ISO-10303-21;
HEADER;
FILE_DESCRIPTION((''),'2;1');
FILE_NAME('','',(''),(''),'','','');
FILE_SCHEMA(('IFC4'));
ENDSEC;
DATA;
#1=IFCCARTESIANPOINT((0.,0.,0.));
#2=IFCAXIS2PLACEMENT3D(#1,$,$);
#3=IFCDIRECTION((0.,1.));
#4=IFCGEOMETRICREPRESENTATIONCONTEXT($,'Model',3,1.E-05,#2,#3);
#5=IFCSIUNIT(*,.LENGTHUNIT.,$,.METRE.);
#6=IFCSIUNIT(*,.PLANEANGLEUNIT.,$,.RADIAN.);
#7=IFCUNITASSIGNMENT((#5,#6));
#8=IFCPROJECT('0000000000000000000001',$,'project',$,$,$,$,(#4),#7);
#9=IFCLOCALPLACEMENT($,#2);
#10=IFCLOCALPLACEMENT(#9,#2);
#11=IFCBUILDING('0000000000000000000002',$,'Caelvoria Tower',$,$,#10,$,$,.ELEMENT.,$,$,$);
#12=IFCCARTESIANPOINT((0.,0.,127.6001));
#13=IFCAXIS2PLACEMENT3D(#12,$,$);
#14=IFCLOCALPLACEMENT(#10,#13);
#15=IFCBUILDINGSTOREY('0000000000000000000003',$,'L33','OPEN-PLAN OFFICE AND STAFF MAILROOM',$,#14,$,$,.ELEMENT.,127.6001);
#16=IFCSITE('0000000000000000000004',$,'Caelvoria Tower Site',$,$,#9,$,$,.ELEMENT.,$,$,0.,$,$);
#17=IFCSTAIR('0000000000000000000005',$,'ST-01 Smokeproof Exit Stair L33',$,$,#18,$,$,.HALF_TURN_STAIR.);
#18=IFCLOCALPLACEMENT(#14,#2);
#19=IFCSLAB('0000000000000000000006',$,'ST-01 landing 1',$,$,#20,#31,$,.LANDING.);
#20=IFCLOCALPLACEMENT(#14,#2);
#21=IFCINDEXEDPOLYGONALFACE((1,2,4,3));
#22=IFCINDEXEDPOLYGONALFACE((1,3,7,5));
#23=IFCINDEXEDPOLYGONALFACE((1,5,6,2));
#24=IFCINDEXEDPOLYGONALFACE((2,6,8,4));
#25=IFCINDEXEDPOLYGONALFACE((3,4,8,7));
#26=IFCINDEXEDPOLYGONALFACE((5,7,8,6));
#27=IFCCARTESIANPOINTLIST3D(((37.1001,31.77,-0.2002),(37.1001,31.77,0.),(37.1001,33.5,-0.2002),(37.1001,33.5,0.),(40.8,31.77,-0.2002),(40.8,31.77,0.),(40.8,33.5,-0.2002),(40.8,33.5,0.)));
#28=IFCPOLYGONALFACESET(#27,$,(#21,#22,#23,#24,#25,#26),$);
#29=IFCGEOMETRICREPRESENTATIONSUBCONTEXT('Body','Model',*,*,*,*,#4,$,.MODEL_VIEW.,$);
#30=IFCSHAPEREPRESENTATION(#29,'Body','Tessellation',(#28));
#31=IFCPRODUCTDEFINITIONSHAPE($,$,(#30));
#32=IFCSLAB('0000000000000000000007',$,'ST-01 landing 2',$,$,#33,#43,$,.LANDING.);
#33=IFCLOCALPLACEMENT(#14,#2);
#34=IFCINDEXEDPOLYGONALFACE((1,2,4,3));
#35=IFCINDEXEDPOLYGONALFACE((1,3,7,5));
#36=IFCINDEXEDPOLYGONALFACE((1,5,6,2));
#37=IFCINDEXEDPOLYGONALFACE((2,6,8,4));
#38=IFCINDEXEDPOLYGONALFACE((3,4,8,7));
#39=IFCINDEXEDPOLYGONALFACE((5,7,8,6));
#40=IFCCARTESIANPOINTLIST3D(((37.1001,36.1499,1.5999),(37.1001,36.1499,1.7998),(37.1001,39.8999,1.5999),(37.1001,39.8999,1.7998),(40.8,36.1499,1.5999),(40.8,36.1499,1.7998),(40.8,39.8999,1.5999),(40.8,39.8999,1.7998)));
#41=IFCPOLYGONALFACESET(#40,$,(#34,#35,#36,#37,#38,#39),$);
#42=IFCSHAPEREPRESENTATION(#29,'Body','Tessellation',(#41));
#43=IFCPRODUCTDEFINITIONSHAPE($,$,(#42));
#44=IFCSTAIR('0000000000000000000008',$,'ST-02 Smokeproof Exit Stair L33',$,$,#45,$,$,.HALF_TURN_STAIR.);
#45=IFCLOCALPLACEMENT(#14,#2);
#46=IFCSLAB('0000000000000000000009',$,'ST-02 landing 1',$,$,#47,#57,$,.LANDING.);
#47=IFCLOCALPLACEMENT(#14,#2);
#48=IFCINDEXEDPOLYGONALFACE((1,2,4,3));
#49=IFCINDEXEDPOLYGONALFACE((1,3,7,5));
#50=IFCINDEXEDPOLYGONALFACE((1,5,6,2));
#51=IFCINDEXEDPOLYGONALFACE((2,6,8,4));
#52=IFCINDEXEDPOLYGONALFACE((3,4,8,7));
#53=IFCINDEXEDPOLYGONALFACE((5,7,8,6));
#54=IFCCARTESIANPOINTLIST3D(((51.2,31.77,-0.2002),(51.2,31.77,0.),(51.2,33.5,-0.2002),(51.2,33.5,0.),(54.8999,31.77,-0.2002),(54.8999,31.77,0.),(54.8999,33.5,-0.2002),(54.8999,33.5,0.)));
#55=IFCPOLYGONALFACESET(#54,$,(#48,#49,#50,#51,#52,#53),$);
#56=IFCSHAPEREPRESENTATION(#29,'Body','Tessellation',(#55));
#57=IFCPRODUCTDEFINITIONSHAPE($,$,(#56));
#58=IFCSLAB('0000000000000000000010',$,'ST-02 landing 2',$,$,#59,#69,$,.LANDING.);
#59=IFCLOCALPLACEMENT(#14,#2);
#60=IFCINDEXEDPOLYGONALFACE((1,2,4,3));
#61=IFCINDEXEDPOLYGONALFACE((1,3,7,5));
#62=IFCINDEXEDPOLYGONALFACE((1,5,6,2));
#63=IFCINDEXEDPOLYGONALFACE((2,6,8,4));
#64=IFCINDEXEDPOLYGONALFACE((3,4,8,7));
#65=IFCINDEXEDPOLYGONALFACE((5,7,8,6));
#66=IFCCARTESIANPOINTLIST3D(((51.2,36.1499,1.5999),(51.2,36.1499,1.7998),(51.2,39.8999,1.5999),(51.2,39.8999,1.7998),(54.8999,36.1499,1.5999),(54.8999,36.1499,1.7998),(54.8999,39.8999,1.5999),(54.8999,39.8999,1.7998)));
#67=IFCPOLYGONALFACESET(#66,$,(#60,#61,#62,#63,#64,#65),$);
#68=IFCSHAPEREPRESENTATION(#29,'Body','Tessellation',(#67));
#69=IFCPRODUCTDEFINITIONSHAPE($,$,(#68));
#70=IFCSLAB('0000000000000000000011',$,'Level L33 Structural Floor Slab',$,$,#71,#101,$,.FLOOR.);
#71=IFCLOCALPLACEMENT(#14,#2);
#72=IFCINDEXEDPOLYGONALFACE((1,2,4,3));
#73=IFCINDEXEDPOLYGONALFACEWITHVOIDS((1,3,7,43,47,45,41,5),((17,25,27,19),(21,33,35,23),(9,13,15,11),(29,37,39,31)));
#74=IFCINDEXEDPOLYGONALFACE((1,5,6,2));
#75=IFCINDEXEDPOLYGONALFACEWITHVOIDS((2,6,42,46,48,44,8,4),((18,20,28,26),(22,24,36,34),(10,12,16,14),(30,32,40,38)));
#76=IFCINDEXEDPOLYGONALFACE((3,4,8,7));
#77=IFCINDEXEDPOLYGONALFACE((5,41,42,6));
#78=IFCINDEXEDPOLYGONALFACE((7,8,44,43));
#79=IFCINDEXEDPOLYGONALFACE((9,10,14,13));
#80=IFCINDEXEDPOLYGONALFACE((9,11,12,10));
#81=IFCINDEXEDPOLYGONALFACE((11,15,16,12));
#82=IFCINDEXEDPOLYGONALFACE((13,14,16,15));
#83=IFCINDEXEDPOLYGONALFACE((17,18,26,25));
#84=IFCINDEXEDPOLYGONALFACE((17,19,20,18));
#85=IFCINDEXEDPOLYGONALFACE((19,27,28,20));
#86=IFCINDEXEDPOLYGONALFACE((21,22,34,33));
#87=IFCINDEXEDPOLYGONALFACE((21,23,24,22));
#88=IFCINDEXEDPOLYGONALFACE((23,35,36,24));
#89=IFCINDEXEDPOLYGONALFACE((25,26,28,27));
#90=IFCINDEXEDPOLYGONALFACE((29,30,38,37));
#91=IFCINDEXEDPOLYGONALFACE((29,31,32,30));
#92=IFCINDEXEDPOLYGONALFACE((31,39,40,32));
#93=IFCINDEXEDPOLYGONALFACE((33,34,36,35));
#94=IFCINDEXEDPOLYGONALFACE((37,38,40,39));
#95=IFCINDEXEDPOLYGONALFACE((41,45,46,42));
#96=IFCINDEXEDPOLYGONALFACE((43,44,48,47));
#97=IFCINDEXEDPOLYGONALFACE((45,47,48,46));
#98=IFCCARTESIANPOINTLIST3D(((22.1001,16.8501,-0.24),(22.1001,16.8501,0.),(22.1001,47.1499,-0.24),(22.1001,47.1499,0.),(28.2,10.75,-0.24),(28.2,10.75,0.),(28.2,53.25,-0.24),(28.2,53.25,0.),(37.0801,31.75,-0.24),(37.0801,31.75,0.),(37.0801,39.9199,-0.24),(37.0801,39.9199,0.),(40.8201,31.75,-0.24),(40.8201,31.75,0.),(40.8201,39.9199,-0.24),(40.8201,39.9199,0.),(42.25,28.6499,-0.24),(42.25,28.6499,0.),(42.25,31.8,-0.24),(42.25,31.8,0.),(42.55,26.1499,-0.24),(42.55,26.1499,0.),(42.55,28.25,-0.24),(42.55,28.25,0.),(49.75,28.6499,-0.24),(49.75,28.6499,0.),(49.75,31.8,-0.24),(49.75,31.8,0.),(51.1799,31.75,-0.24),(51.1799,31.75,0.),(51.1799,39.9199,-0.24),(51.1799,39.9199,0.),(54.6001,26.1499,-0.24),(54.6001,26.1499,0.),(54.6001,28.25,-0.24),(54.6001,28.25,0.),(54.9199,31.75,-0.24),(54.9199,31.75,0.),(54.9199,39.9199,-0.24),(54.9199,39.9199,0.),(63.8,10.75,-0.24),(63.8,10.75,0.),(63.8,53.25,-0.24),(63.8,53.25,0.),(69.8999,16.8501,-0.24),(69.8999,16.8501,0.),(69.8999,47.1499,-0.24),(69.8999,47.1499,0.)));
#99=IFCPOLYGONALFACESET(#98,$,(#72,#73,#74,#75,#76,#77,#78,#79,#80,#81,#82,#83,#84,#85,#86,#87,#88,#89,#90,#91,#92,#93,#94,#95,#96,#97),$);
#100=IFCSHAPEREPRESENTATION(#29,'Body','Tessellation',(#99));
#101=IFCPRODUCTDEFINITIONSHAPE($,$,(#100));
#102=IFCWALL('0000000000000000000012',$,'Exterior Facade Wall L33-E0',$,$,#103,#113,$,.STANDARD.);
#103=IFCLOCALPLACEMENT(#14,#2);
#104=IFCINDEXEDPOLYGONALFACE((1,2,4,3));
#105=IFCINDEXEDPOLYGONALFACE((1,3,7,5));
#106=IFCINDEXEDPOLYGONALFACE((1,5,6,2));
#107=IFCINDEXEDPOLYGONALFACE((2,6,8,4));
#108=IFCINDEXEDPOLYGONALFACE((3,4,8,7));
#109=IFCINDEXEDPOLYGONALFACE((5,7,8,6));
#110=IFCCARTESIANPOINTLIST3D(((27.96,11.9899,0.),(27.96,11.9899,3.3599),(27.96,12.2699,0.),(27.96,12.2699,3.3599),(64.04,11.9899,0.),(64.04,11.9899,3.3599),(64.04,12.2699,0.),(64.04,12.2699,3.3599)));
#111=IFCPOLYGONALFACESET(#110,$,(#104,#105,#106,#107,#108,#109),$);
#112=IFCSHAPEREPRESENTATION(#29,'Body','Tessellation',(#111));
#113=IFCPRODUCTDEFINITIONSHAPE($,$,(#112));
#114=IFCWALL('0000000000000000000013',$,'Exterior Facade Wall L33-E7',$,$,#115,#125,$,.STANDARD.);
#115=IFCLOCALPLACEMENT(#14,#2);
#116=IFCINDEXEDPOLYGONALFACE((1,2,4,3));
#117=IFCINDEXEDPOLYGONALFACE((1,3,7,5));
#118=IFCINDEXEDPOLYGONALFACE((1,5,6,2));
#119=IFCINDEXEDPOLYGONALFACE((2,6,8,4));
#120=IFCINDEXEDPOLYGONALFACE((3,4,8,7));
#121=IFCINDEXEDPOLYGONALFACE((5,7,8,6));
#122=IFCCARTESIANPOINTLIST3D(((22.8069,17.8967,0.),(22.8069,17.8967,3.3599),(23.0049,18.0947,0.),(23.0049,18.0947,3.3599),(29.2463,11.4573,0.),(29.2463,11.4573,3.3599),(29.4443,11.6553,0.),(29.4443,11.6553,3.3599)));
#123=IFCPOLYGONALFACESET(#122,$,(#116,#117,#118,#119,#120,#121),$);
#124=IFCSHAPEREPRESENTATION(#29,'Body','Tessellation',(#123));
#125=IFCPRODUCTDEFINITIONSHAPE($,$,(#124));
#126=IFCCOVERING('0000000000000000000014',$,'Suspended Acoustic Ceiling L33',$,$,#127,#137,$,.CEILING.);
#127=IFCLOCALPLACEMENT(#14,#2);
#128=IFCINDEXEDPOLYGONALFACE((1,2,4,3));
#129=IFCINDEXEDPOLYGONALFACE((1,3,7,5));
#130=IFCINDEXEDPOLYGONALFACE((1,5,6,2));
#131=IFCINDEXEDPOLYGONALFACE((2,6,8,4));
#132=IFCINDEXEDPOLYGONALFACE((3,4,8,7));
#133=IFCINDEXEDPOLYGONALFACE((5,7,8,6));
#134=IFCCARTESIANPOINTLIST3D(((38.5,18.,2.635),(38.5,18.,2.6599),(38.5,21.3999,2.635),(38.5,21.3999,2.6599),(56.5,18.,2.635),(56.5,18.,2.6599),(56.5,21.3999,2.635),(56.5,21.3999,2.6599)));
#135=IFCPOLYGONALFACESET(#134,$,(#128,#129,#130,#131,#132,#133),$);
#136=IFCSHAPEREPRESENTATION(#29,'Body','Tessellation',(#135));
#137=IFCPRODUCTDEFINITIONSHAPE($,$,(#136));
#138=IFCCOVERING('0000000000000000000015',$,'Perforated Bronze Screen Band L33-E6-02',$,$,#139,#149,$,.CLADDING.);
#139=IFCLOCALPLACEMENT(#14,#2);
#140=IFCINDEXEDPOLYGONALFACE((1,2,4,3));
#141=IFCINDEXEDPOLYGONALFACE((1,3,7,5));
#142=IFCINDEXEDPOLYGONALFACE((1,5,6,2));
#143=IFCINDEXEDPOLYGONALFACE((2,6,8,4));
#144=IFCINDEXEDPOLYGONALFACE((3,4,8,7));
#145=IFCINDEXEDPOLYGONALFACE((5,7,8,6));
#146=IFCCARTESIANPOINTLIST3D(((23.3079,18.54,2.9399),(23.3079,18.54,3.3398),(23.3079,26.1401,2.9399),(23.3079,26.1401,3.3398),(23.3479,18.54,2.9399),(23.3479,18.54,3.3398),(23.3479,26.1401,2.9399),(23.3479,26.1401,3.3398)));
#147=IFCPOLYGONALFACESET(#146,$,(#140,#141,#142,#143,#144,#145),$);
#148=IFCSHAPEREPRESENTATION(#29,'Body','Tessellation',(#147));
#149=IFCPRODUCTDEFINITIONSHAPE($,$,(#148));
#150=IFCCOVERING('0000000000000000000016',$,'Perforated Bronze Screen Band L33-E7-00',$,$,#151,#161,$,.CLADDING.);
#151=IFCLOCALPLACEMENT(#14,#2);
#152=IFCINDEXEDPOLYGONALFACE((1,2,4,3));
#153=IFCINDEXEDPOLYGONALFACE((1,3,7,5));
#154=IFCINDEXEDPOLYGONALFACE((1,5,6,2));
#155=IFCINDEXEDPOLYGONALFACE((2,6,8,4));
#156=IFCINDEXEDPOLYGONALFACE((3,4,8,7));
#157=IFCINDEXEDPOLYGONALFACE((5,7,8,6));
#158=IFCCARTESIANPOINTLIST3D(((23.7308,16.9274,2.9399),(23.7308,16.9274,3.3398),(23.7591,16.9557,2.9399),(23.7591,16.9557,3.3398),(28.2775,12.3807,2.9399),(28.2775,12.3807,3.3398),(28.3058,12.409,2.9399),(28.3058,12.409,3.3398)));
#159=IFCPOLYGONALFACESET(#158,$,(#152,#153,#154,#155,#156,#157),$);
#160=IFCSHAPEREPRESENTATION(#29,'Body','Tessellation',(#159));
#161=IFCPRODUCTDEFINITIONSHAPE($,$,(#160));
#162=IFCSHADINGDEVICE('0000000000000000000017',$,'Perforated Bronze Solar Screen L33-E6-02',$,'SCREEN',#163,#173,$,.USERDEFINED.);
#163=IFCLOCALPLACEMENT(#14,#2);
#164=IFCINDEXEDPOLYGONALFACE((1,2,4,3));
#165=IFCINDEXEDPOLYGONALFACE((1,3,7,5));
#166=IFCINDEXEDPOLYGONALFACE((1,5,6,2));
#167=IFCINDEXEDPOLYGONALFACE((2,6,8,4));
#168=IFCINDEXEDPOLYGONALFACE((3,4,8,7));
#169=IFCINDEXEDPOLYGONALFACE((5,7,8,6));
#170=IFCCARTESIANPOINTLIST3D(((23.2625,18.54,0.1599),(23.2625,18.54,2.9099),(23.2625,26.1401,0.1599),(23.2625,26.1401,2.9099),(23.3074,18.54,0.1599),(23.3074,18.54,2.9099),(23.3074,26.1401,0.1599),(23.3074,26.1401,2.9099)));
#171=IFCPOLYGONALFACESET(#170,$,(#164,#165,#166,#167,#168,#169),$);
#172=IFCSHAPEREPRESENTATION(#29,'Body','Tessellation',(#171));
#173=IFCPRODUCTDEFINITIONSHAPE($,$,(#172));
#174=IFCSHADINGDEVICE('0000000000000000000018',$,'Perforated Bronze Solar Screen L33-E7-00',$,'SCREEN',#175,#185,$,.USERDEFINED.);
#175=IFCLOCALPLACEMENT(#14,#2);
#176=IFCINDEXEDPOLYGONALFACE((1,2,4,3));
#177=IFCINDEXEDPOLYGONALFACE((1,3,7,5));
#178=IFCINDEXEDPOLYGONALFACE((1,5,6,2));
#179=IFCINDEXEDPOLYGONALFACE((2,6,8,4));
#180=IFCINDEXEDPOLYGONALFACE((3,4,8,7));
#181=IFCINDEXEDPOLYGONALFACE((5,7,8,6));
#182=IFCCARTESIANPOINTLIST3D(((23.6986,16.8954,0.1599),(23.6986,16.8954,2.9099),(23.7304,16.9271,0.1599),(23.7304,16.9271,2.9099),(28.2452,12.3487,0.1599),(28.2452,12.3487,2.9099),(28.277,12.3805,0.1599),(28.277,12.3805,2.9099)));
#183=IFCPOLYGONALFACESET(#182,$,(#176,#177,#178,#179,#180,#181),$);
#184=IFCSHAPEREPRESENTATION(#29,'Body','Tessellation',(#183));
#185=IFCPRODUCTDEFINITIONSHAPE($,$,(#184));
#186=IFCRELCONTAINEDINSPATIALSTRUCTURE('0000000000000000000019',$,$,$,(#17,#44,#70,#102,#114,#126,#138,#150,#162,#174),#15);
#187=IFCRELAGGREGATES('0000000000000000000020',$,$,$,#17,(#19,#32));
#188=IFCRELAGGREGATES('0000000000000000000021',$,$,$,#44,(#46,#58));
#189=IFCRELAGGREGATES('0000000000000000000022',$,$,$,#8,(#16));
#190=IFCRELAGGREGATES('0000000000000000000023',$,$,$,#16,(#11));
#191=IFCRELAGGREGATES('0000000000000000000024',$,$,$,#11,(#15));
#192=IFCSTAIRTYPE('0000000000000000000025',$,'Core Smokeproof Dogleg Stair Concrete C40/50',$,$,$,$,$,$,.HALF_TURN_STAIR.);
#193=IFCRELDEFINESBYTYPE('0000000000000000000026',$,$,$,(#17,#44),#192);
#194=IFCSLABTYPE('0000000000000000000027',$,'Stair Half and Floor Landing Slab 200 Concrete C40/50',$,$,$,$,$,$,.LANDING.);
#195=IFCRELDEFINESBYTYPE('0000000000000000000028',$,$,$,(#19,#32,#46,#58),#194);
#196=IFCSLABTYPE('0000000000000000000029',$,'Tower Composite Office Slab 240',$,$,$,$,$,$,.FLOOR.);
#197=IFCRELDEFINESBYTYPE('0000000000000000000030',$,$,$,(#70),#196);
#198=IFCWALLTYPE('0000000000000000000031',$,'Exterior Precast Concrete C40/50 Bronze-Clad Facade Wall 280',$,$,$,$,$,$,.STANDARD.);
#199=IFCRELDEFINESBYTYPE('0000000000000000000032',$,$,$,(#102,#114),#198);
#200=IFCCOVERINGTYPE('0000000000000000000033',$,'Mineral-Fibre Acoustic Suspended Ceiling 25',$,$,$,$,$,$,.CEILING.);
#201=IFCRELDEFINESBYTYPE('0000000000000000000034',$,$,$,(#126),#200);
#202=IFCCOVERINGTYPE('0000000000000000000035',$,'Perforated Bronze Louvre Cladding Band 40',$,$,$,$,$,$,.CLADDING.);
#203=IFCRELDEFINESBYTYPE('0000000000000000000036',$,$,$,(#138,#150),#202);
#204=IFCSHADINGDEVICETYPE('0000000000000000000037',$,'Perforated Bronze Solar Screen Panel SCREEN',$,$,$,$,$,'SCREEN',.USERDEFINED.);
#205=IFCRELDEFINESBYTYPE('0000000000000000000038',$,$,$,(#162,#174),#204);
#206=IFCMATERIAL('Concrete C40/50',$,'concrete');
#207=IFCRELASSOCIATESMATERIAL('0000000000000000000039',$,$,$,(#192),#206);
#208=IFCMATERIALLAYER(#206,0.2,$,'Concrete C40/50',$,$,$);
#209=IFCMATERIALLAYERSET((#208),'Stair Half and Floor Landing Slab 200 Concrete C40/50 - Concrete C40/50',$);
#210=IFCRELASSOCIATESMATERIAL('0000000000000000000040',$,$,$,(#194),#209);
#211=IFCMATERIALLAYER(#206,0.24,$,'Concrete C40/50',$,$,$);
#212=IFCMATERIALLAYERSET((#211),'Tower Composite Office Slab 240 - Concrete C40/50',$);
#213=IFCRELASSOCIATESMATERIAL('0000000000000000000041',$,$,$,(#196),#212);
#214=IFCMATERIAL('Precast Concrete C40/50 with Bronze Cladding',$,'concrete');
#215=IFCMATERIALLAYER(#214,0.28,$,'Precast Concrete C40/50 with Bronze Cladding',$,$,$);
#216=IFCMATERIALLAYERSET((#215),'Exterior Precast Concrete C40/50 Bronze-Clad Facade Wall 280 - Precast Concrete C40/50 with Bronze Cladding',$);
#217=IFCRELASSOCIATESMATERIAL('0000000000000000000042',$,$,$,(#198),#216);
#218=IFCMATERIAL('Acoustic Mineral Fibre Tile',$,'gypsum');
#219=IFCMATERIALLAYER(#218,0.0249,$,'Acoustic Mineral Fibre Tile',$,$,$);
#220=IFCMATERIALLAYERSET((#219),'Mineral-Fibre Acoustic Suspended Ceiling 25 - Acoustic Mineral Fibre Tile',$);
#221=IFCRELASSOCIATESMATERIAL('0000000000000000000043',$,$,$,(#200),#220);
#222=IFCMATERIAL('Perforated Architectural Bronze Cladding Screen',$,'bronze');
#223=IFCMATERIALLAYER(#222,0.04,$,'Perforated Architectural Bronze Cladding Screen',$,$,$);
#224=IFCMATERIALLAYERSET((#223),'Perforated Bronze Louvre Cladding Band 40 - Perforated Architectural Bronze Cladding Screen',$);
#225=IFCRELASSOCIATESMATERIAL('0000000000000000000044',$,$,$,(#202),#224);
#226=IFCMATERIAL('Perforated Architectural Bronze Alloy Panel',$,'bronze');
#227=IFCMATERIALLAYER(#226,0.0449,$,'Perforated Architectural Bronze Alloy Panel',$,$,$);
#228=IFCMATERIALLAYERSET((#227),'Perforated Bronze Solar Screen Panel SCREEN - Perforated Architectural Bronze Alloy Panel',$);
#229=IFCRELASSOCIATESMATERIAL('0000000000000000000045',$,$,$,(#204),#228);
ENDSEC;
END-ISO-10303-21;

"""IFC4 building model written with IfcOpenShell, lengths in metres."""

from ifc_helpers import new_model, si_unit, direction, frame, frame_2d, origin, origin_2d, place, context, subcontext, project, spatial, polyline, rectangle, outline, extrude, material, layer, layer_set, type_object, element, aggregate, save


model = new_model("IFC4")

# Units and contexts
model_context = context("Model", 3, precision=1e-05, world=origin(), true_north=direction((0.0, 1.0)))
body_context = subcontext(model_context, "Body", "Model", "MODEL_VIEW")
ifc_project = project(units=[si_unit("LENGTHUNIT", "METRE"), si_unit("PLANEANGLEUNIT", "RADIAN")], contexts=[model_context])

# Site, building, storey
site_placement = place(None, origin())
site = spatial("IfcSite", under=ifc_project, at=site_placement, Name="Caelvoria Tower Site", CompositionType="ELEMENT", RefElevation=0.0)
building_placement = place(site_placement, origin())
building = spatial("IfcBuilding", under=site, at=building_placement, Name="Caelvoria Tower", CompositionType="ELEMENT")
storey_placement = place(building_placement, frame((0.0, 0.0, 127.6001)))
storey = spatial("IfcBuildingStorey", under=building, at=storey_placement, Name="L33", Description="OPEN-PLAN OFFICE AND STAFF MAILROOM", CompositionType="ELEMENT", Elevation=127.6001)

# Stairs, slabs
ifc_material_1 = material(Name="Concrete C40/50", Category="concrete")
stair_type = type_object("IfcStairType", Name="Core Smokeproof Dogleg Stair Concrete C40/50", PredefinedType="HALF_TURN_STAIR", material=ifc_material_1)
stair_1_placement = place(storey_placement, origin())
stair_1 = element("IfcStair", 1, at=stair_1_placement, inside=storey, type_object=stair_type, Name="ST-01 Smokeproof Exit Stair L33", PredefinedType="HALF_TURN_STAIR")
ifc_layer_1 = layer(ifc_material_1, 0.2, Name="Concrete C40/50")
ifc_layer_set_1 = layer_set([ifc_layer_1], Name="Stair Half and Floor Landing Slab 200 Concrete C40/50 - Concrete C40/50")
slab_type_1 = type_object("IfcSlabType", Name="Stair Half and Floor Landing Slab 200 Concrete C40/50", PredefinedType="LANDING", material=ifc_layer_set_1)
slab_1_placement = place(storey_placement, frame((0.0, 0.0, -0.2002)))
slab_1 = element("IfcSlab", 2, at=slab_1_placement, type_object=slab_type_1, Name="ST-01 landing 1", PredefinedType="LANDING", context=body_context, shape_type="SweptSolid", body=[
    extrude(outline(polyline([(37.1001, 31.77), (40.8, 31.77), (40.8, 33.5), (37.1001, 33.5), (37.1001, 31.77)])), origin(), (0.0, 0.0, 1.0), 0.2002),
])
slab_2_placement = place(storey_placement, frame((0.0, 0.0, 1.5999)))
slab_2 = element("IfcSlab", 3, at=slab_2_placement, type_object=slab_type_1, Name="ST-01 landing 2", PredefinedType="LANDING", context=body_context, shape_type="SweptSolid", body=[
    extrude(outline(polyline([(37.1001, 36.1499), (40.8, 36.1499), (40.8, 39.8999), (37.1001, 39.8999), (37.1001, 36.1499)])), origin(), (0.0, 0.0, 1.0), 0.2),
])
aggregate(stair_1, [slab_1, slab_2])
stair_2_placement = place(storey_placement, origin())
stair_2 = element("IfcStair", 4, at=stair_2_placement, inside=storey, type_object=stair_type, Name="ST-02 Smokeproof Exit Stair L33", PredefinedType="HALF_TURN_STAIR")
slab_3_placement = place(storey_placement, frame((0.0, 0.0, -0.2002)))
slab_3 = element("IfcSlab", 5, at=slab_3_placement, type_object=slab_type_1, Name="ST-02 landing 1", PredefinedType="LANDING", context=body_context, shape_type="SweptSolid", body=[
    extrude(outline(polyline([(51.2, 31.77), (54.8999, 31.77), (54.8999, 33.5), (51.2, 33.5), (51.2, 31.77)])), origin(), (0.0, 0.0, 1.0), 0.2002),
])
slab_4_placement = place(storey_placement, frame((0.0, 0.0, 1.5999)))
slab_4 = element("IfcSlab", 6, at=slab_4_placement, type_object=slab_type_1, Name="ST-02 landing 2", PredefinedType="LANDING", context=body_context, shape_type="SweptSolid", body=[
    extrude(outline(polyline([(51.2, 36.1499), (54.8999, 36.1499), (54.8999, 39.8999), (51.2, 39.8999), (51.2, 36.1499)])), origin(), (0.0, 0.0, 1.0), 0.2),
])
aggregate(stair_2, [slab_3, slab_4])

# Slab
ifc_layer_2 = layer(ifc_material_1, 0.24, Name="Concrete C40/50")
ifc_layer_set_2 = layer_set([ifc_layer_2], Name="Tower Composite Office Slab 240 - Concrete C40/50")
slab_type_2 = type_object("IfcSlabType", Name="Tower Composite Office Slab 240", PredefinedType="FLOOR", material=ifc_layer_set_2)
slab_5_placement = place(storey_placement, frame((0.0, 0.0, -0.24)))
element("IfcSlab", 7, at=slab_5_placement, inside=storey, type_object=slab_type_2, Name="Level L33 Structural Floor Slab", PredefinedType="FLOOR", context=body_context, shape_type="SweptSolid", body=[
    extrude(outline(polyline([(28.2, 10.75), (63.8, 10.75), (69.8999, 16.8501), (69.8999, 47.1499), (63.8, 53.25), (28.2, 53.25), (22.1001, 47.1499), (22.1001, 16.8501), (28.2, 10.75)]), holes=[polyline([(37.0801, 31.75), (40.8201, 31.75), (40.8201, 39.9199), (37.0801, 39.9199), (37.0801, 31.75)]), polyline([(51.1799, 31.75), (54.9199, 31.75), (54.9199, 39.9199), (51.1799, 39.9199), (51.1799, 31.75)]), polyline([(42.25, 28.6499), (49.75, 28.6499), (49.75, 31.8), (42.25, 31.8), (42.25, 28.6499)]), polyline([(42.55, 26.1499), (54.6001, 26.1499), (54.6001, 28.25), (42.55, 28.25), (42.55, 26.1499)])]), origin(), (0.0, 0.0, 1.0), 0.24),
])

# Walls
ifc_material_2 = material(Name="Precast Concrete C40/50 with Bronze Cladding", Category="concrete")
ifc_layer_3 = layer(ifc_material_2, 0.28, Name="Precast Concrete C40/50 with Bronze Cladding")
ifc_layer_set_3 = layer_set([ifc_layer_3], Name="Exterior Precast Concrete C40/50 Bronze-Clad Facade Wall 280 - Precast Concrete C40/50 with Bronze Cladding")
wall_type = type_object("IfcWallType", Name="Exterior Precast Concrete C40/50 Bronze-Clad Facade Wall 280", PredefinedType="STANDARD", material=ifc_layer_set_3)
wall_1_placement = place(storey_placement, frame((27.96, 12.1299, 0.0), z_axis=(0.0, 0.0, 1.0), x_axis=(1.0, 0.0, 0.0)))
element("IfcWall", 8, at=wall_1_placement, inside=storey, type_object=wall_type, Name="Exterior Facade Wall L33-E0", PredefinedType="STANDARD", context=body_context, shape_type="SweptSolid", body=[
    extrude(rectangle(XDim=36.0801, YDim=0.28, at=frame_2d((18.04, 0.0))), origin(), (0.0, 0.0, 1.0), 3.3599),
])
wall_2_placement = place(storey_placement, frame((22.906, 17.9956, 0.0), z_axis=(0.0, 0.0, 1.0), x_axis=(0.707107, -0.707107, 0.0)))
element("IfcWall", 9, at=wall_2_placement, inside=storey, type_object=wall_type, Name="Exterior Facade Wall L33-E7", PredefinedType="STANDARD", context=body_context, shape_type="SweptSolid", body=[
    extrude(rectangle(XDim=9.1067, YDim=0.28, at=frame_2d((4.5532, 0.0))), origin(), (0.0, 0.0, 1.0), 3.3599),
])

# Coverings
ifc_material_3 = material(Name="Acoustic Mineral Fibre Tile", Category="gypsum")
ifc_layer_4 = layer(ifc_material_3, 0.0249, Name="Acoustic Mineral Fibre Tile")
ifc_layer_set_4 = layer_set([ifc_layer_4], Name="Mineral-Fibre Acoustic Suspended Ceiling 25 - Acoustic Mineral Fibre Tile")
covering_type_1 = type_object("IfcCoveringType", Name="Mineral-Fibre Acoustic Suspended Ceiling 25", PredefinedType="CEILING", material=ifc_layer_set_4)
covering_1_placement = place(storey_placement, frame((0.0, 0.0, 2.635)))
element("IfcCovering", 10, at=covering_1_placement, inside=storey, type_object=covering_type_1, Name="Suspended Acoustic Ceiling L33", PredefinedType="CEILING", context=body_context, shape_type="SweptSolid", body=[
    extrude(outline(polyline([(38.5, 18.0), (56.5, 18.0), (56.5, 21.3999), (38.5, 21.3999), (38.5, 18.0)])), origin(), (0.0, 0.0, 1.0), 0.0249),
])
ifc_material_4 = material(Name="Perforated Architectural Bronze Cladding Screen", Category="bronze")
ifc_layer_5 = layer(ifc_material_4, 0.04, Name="Perforated Architectural Bronze Cladding Screen")
ifc_layer_set_5 = layer_set([ifc_layer_5], Name="Perforated Bronze Louvre Cladding Band 40 - Perforated Architectural Bronze Cladding Screen")
covering_type_2 = type_object("IfcCoveringType", Name="Perforated Bronze Louvre Cladding Band 40", PredefinedType="CLADDING", material=ifc_layer_set_5)
covering_2_placement = place(storey_placement, frame((23.3279, 22.3401, 2.9399), z_axis=(0.0, 0.0, 1.0), x_axis=(0.0, -1.0, 0.0)))
element("IfcCovering", 11, at=covering_2_placement, inside=storey, type_object=covering_type_2, Name="Perforated Bronze Screen Band L33-E6-02", PredefinedType="CLADDING", context=body_context, shape_type="SweptSolid", body=[
    extrude(rectangle(XDim=7.6001, YDim=0.04, at=origin_2d()), origin(), (0.0, 0.0, 1.0), 0.3999),
])
covering_3_placement = place(storey_placement, frame((26.0183, 14.6682, 2.9399), z_axis=(0.0, 0.0, 1.0), x_axis=(0.707107, -0.707107, 0.0)))
element("IfcCovering", 12, at=covering_3_placement, inside=storey, type_object=covering_type_2, Name="Perforated Bronze Screen Band L33-E7-00", PredefinedType="CLADDING", context=body_context, shape_type="SweptSolid", body=[
    extrude(rectangle(XDim=6.4299, YDim=0.04, at=origin_2d()), origin(), (0.0, 0.0, 1.0), 0.3999),
])

# Shading devices
ifc_material_5 = material(Name="Perforated Architectural Bronze Alloy Panel", Category="bronze")
ifc_layer_6 = layer(ifc_material_5, 0.0449, Name="Perforated Architectural Bronze Alloy Panel")
ifc_layer_set_6 = layer_set([ifc_layer_6], Name="Perforated Bronze Solar Screen Panel SCREEN - Perforated Architectural Bronze Alloy Panel")
shading_device_type = type_object("IfcShadingDeviceType", Name="Perforated Bronze Solar Screen Panel SCREEN", ElementType="SCREEN", PredefinedType="USERDEFINED", material=ifc_layer_set_6)
shading_device_1_placement = place(storey_placement, frame((23.2849, 22.3401, 0.1599), z_axis=(0.0, 0.0, 1.0), x_axis=(0.0, -1.0, 0.0)))
element("IfcShadingDevice", 13, at=shading_device_1_placement, inside=storey, type_object=shading_device_type, Name="Perforated Bronze Solar Screen L33-E6-02", ObjectType="SCREEN", PredefinedType="USERDEFINED", context=body_context, shape_type="SweptSolid", body=[
    extrude(rectangle(XDim=7.6001, YDim=0.0449, at=origin_2d()), origin(), (0.0, 0.0, 1.0), 2.75),
])
shading_device_2_placement = place(storey_placement, frame((25.9878, 14.6379, 0.1599), z_axis=(0.0, 0.0, 1.0), x_axis=(0.707107, -0.707107, 0.0)))
element("IfcShadingDevice", 14, at=shading_device_2_placement, inside=storey, type_object=shading_device_type, Name="Perforated Bronze Solar Screen L33-E7-00", ObjectType="SCREEN", PredefinedType="USERDEFINED", context=body_context, shape_type="SweptSolid", body=[
    extrude(rectangle(XDim=6.4299, YDim=0.0449, at=origin_2d()), origin(), (0.0, 0.0, 1.0), 2.75),
])

save(model, "model.ifc")
